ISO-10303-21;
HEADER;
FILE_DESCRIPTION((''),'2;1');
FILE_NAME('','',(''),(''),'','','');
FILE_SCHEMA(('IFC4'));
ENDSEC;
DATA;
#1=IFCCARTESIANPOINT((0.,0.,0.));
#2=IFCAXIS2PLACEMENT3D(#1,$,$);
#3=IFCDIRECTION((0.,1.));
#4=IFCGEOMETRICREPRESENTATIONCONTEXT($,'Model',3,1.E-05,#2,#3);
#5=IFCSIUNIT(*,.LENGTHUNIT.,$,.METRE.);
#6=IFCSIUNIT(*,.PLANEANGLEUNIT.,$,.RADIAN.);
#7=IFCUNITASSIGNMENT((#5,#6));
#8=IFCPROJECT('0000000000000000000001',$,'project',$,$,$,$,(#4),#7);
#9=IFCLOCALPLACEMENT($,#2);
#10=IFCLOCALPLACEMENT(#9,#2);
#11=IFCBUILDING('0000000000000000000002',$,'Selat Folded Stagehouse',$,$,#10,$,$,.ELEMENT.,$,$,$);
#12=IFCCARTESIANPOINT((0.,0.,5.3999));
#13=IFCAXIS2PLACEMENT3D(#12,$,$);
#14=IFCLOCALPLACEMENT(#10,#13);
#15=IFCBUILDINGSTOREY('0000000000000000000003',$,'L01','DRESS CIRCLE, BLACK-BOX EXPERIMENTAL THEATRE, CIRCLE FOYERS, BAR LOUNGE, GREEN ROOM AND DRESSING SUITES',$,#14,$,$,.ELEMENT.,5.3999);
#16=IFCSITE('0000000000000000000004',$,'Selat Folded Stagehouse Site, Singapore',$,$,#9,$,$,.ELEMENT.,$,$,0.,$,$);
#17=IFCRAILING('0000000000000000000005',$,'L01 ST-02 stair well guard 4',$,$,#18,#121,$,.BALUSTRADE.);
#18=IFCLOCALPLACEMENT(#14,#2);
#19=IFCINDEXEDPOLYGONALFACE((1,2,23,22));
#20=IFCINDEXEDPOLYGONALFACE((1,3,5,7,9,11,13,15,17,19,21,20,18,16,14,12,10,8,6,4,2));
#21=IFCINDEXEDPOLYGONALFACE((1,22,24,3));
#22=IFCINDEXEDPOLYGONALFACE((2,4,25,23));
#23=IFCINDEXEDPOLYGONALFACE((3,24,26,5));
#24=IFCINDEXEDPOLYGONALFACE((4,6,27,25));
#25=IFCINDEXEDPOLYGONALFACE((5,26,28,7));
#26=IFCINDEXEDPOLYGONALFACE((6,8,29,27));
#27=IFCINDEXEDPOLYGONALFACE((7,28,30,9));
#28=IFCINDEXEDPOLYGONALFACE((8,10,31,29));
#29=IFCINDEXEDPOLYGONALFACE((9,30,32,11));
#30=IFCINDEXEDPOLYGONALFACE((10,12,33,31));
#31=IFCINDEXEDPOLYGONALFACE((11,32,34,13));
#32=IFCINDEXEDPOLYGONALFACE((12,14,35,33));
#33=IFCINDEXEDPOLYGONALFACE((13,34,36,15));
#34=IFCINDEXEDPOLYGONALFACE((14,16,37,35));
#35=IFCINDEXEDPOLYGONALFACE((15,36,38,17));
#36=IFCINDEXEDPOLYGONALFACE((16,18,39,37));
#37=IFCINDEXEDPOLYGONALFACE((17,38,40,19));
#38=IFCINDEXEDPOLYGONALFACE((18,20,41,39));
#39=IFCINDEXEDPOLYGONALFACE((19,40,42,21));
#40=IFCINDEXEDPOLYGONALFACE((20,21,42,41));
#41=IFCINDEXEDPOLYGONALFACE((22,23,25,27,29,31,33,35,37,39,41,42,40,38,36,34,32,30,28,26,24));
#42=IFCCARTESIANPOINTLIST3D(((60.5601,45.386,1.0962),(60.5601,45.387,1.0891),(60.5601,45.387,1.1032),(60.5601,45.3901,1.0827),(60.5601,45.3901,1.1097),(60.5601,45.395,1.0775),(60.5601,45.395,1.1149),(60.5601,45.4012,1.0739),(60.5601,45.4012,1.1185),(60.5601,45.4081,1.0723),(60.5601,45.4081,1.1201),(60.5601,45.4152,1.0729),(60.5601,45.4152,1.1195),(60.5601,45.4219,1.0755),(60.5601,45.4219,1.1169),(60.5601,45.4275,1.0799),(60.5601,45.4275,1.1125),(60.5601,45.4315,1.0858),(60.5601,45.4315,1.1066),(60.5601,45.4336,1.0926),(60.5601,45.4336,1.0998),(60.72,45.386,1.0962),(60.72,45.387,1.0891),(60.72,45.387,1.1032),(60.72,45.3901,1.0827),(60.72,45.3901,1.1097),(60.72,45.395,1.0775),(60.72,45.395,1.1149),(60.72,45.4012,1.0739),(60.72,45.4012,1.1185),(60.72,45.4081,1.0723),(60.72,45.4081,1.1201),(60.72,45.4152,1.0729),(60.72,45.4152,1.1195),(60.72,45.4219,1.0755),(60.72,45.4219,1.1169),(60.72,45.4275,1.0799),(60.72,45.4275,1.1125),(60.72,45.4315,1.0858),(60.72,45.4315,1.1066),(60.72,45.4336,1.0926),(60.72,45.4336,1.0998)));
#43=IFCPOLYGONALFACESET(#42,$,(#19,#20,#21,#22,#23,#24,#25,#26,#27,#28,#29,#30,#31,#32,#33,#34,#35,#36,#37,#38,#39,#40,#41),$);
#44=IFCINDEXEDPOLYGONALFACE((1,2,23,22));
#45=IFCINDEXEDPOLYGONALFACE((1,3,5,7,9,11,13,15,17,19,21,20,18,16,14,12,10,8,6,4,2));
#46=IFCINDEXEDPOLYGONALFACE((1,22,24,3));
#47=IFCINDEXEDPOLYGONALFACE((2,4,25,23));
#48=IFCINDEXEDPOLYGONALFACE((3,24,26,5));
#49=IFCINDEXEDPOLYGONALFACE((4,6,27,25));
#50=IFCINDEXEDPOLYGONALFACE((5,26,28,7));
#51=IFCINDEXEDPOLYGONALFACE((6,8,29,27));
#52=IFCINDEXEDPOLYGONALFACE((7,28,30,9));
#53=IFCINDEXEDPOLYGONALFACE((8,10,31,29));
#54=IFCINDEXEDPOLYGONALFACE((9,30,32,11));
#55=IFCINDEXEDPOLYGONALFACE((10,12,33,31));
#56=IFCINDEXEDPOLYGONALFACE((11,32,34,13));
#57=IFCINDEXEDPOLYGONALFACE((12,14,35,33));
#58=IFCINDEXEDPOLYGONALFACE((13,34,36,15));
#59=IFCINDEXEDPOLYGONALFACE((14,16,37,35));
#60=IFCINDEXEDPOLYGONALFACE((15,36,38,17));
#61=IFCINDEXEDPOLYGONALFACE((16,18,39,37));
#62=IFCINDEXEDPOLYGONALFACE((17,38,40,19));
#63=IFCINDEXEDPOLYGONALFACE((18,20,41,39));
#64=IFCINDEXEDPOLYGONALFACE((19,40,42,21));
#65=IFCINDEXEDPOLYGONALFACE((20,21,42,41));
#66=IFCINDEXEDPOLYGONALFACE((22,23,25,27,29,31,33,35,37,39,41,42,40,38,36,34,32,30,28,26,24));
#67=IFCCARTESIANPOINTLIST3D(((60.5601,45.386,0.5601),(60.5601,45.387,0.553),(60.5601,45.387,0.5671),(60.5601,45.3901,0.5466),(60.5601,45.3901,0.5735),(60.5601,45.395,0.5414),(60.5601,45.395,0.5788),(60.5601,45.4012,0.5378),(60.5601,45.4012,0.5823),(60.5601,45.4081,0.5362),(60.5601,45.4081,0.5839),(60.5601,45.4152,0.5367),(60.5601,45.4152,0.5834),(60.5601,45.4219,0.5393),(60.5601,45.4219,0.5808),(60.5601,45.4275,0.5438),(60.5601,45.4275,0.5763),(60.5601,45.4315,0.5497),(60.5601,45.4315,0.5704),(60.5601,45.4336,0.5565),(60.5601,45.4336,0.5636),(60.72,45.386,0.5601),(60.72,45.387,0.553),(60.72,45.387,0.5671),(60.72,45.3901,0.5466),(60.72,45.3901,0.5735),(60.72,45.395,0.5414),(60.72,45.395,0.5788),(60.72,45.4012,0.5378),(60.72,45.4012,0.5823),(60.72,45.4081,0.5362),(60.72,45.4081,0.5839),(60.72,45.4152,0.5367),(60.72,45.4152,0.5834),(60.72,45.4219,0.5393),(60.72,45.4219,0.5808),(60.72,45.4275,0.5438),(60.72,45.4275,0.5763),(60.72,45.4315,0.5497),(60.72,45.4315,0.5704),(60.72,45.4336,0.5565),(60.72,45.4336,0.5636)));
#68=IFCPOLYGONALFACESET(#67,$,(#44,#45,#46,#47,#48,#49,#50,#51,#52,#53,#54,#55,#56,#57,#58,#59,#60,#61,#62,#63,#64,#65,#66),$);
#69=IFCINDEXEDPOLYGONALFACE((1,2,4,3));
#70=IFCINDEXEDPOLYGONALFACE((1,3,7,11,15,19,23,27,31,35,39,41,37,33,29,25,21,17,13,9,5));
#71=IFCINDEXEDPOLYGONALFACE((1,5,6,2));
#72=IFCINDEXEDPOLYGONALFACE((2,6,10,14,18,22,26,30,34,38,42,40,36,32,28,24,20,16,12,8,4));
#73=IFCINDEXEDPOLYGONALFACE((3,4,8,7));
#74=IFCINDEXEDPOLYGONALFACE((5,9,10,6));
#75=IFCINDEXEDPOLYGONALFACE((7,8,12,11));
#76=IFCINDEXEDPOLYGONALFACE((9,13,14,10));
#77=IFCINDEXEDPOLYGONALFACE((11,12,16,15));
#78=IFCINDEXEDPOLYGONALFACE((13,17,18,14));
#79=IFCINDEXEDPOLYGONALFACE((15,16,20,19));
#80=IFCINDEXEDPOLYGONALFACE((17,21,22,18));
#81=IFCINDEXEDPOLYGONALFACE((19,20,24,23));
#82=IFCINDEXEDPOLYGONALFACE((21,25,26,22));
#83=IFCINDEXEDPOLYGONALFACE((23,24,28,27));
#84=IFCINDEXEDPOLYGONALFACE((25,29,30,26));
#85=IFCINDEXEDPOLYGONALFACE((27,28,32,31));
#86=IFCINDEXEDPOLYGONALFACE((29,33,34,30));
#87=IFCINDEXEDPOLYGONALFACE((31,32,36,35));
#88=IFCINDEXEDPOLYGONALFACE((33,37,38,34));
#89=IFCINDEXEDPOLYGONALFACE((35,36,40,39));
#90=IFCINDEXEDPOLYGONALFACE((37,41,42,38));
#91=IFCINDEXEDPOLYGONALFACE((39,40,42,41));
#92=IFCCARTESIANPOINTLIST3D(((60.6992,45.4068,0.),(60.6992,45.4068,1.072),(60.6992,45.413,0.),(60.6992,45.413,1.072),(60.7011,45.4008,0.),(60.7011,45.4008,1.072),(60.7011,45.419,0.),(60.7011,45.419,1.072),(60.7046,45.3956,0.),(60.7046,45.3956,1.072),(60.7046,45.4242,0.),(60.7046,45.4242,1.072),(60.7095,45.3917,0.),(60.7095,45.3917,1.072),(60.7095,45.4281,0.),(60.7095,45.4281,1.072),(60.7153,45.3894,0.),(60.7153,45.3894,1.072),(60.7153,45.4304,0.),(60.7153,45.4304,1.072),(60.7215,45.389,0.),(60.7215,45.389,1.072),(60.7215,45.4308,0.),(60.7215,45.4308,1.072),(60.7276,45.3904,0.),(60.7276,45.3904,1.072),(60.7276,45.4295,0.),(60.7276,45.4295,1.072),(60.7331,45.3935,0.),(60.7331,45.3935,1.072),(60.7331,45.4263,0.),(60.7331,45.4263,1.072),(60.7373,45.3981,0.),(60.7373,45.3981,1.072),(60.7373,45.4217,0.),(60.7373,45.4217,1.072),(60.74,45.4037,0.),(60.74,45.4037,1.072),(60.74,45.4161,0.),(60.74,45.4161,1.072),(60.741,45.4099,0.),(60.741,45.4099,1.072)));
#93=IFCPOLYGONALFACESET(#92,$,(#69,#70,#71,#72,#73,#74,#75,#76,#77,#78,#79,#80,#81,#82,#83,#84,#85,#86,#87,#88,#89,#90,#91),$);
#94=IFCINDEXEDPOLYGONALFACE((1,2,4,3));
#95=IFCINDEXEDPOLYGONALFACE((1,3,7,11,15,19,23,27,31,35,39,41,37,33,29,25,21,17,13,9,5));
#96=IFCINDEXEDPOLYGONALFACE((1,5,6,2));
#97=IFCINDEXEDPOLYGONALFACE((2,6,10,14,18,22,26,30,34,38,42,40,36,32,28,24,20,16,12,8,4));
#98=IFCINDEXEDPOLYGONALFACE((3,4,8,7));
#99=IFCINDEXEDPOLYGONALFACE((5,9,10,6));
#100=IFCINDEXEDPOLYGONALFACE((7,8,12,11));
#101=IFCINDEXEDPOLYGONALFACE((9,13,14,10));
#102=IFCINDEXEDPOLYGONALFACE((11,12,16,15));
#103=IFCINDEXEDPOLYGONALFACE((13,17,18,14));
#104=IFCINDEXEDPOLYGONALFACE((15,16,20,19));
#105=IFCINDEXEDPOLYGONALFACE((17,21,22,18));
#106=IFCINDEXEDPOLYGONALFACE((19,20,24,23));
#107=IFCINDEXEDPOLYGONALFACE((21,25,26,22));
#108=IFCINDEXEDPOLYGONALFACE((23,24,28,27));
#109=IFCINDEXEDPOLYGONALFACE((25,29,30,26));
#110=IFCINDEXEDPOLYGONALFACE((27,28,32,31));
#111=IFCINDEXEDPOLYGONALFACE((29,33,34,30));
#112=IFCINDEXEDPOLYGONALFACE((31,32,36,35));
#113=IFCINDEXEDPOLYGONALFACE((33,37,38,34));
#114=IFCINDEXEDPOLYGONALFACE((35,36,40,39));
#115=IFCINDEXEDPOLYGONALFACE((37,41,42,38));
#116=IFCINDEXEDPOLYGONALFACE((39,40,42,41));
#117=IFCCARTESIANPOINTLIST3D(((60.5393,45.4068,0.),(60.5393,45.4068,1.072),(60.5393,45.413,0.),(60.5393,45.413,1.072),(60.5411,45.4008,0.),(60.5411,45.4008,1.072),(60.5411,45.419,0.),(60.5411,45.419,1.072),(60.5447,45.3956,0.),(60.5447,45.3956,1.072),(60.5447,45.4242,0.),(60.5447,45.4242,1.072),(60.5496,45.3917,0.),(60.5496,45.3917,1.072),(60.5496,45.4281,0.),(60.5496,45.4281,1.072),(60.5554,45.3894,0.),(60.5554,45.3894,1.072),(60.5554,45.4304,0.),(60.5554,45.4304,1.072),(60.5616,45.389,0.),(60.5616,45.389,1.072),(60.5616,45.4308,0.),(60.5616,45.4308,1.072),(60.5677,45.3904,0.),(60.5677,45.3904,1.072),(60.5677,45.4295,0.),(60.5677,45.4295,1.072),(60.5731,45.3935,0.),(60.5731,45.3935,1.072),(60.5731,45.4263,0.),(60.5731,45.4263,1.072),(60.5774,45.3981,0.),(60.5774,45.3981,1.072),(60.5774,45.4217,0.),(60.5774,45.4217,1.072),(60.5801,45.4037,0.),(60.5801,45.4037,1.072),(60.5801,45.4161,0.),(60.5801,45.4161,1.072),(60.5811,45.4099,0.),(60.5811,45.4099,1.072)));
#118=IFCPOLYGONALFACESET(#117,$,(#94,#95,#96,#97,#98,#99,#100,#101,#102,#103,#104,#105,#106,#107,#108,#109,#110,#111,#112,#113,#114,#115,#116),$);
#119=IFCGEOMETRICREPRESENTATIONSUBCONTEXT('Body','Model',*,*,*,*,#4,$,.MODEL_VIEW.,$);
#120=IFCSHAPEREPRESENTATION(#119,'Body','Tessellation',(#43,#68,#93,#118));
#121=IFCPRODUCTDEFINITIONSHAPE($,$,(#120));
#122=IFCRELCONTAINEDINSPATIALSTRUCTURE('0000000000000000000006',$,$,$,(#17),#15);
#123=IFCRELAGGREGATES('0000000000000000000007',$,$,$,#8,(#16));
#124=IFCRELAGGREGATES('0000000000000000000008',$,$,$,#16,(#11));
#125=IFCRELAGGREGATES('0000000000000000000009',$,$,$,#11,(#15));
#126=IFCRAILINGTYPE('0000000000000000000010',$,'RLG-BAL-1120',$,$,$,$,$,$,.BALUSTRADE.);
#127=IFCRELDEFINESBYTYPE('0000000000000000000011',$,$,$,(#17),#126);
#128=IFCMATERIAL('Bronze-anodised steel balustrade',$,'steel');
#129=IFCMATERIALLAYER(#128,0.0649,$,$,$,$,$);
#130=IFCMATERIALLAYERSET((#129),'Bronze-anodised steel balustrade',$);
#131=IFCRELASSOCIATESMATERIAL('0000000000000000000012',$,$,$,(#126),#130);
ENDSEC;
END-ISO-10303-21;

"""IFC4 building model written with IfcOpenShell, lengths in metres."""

from ifc_helpers import new_model, si_unit, direction, frame, origin, origin_2d, place, context, subcontext, project, spatial, circle, extrude, material, layer, layer_set, type_object, element, save


model = new_model("IFC4")

# Units and contexts
model_context = context("Model", 3, precision=1e-05, world=origin(), true_north=direction((0.0, 1.0)))
body_context = subcontext(model_context, "Body", "Model", "MODEL_VIEW")
ifc_project = project(units=[si_unit("LENGTHUNIT", "METRE"), si_unit("PLANEANGLEUNIT", "RADIAN")], contexts=[model_context])

# Site, building, storey
site_placement = place(None, origin())
site = spatial("IfcSite", under=ifc_project, at=site_placement, Name="Selat Folded Stagehouse Site, Singapore", CompositionType="ELEMENT", RefElevation=0.0)
building_placement = place(site_placement, origin())
building = spatial("IfcBuilding", under=site, at=building_placement, Name="Selat Folded Stagehouse", CompositionType="ELEMENT")
storey_placement = place(building_placement, frame((0.0, 0.0, 5.3999)))
storey = spatial("IfcBuildingStorey", under=building, at=storey_placement, Name="L01", Description="DRESS CIRCLE, BLACK-BOX EXPERIMENTAL THEATRE, CIRCLE FOYERS, BAR LOUNGE, GREEN ROOM AND DRESSING SUITES", CompositionType="ELEMENT", Elevation=5.3999)

# Railing
ifc_material_1 = material(Name="Bronze-anodised steel balustrade", Category="steel")
ifc_layer_1 = layer(ifc_material_1, 0.0649)
ifc_layer_set_1 = layer_set([ifc_layer_1], Name="Bronze-anodised steel balustrade")
railing_type_1 = type_object("IfcRailingType", Name="RLG-BAL-1120", PredefinedType="BALUSTRADE", material=ifc_layer_set_1)
railing_1_placement = place(storey_placement, frame((60.72, 45.4099, 0.0)))
element("IfcRailing", 1, at=railing_1_placement, inside=storey, type_object=railing_type_1, Name="L01 ST-02 stair well guard 4", PredefinedType="BALUSTRADE", context=body_context, shape_type="SweptSolid", body=[
    extrude(circle(Radius=0.0239, at=origin_2d()), frame((0.0, 0.0, 1.0962), z_axis=(-1.0, 0.0, 0.0), x_axis=(0.0, -1.0, 0.0)), (0.0, 0.0, 1.0), 0.1599),
    extrude(circle(Radius=0.0239, at=origin_2d()), frame((0.0, 0.0, 0.5601), z_axis=(-1.0, 0.0, 0.0), x_axis=(0.0, -1.0, 0.0)), (0.0, 0.0, 1.0), 0.1599),
    extrude(circle(Radius=0.021, at=origin_2d()), origin(), (0.0, 0.0, 1.0), 1.072),
    extrude(circle(Radius=0.021, at=origin_2d()), frame((-0.1599, 0.0, 0.0)), (0.0, 0.0, 1.0), 1.072),
])

save(model, "model.ifc")
